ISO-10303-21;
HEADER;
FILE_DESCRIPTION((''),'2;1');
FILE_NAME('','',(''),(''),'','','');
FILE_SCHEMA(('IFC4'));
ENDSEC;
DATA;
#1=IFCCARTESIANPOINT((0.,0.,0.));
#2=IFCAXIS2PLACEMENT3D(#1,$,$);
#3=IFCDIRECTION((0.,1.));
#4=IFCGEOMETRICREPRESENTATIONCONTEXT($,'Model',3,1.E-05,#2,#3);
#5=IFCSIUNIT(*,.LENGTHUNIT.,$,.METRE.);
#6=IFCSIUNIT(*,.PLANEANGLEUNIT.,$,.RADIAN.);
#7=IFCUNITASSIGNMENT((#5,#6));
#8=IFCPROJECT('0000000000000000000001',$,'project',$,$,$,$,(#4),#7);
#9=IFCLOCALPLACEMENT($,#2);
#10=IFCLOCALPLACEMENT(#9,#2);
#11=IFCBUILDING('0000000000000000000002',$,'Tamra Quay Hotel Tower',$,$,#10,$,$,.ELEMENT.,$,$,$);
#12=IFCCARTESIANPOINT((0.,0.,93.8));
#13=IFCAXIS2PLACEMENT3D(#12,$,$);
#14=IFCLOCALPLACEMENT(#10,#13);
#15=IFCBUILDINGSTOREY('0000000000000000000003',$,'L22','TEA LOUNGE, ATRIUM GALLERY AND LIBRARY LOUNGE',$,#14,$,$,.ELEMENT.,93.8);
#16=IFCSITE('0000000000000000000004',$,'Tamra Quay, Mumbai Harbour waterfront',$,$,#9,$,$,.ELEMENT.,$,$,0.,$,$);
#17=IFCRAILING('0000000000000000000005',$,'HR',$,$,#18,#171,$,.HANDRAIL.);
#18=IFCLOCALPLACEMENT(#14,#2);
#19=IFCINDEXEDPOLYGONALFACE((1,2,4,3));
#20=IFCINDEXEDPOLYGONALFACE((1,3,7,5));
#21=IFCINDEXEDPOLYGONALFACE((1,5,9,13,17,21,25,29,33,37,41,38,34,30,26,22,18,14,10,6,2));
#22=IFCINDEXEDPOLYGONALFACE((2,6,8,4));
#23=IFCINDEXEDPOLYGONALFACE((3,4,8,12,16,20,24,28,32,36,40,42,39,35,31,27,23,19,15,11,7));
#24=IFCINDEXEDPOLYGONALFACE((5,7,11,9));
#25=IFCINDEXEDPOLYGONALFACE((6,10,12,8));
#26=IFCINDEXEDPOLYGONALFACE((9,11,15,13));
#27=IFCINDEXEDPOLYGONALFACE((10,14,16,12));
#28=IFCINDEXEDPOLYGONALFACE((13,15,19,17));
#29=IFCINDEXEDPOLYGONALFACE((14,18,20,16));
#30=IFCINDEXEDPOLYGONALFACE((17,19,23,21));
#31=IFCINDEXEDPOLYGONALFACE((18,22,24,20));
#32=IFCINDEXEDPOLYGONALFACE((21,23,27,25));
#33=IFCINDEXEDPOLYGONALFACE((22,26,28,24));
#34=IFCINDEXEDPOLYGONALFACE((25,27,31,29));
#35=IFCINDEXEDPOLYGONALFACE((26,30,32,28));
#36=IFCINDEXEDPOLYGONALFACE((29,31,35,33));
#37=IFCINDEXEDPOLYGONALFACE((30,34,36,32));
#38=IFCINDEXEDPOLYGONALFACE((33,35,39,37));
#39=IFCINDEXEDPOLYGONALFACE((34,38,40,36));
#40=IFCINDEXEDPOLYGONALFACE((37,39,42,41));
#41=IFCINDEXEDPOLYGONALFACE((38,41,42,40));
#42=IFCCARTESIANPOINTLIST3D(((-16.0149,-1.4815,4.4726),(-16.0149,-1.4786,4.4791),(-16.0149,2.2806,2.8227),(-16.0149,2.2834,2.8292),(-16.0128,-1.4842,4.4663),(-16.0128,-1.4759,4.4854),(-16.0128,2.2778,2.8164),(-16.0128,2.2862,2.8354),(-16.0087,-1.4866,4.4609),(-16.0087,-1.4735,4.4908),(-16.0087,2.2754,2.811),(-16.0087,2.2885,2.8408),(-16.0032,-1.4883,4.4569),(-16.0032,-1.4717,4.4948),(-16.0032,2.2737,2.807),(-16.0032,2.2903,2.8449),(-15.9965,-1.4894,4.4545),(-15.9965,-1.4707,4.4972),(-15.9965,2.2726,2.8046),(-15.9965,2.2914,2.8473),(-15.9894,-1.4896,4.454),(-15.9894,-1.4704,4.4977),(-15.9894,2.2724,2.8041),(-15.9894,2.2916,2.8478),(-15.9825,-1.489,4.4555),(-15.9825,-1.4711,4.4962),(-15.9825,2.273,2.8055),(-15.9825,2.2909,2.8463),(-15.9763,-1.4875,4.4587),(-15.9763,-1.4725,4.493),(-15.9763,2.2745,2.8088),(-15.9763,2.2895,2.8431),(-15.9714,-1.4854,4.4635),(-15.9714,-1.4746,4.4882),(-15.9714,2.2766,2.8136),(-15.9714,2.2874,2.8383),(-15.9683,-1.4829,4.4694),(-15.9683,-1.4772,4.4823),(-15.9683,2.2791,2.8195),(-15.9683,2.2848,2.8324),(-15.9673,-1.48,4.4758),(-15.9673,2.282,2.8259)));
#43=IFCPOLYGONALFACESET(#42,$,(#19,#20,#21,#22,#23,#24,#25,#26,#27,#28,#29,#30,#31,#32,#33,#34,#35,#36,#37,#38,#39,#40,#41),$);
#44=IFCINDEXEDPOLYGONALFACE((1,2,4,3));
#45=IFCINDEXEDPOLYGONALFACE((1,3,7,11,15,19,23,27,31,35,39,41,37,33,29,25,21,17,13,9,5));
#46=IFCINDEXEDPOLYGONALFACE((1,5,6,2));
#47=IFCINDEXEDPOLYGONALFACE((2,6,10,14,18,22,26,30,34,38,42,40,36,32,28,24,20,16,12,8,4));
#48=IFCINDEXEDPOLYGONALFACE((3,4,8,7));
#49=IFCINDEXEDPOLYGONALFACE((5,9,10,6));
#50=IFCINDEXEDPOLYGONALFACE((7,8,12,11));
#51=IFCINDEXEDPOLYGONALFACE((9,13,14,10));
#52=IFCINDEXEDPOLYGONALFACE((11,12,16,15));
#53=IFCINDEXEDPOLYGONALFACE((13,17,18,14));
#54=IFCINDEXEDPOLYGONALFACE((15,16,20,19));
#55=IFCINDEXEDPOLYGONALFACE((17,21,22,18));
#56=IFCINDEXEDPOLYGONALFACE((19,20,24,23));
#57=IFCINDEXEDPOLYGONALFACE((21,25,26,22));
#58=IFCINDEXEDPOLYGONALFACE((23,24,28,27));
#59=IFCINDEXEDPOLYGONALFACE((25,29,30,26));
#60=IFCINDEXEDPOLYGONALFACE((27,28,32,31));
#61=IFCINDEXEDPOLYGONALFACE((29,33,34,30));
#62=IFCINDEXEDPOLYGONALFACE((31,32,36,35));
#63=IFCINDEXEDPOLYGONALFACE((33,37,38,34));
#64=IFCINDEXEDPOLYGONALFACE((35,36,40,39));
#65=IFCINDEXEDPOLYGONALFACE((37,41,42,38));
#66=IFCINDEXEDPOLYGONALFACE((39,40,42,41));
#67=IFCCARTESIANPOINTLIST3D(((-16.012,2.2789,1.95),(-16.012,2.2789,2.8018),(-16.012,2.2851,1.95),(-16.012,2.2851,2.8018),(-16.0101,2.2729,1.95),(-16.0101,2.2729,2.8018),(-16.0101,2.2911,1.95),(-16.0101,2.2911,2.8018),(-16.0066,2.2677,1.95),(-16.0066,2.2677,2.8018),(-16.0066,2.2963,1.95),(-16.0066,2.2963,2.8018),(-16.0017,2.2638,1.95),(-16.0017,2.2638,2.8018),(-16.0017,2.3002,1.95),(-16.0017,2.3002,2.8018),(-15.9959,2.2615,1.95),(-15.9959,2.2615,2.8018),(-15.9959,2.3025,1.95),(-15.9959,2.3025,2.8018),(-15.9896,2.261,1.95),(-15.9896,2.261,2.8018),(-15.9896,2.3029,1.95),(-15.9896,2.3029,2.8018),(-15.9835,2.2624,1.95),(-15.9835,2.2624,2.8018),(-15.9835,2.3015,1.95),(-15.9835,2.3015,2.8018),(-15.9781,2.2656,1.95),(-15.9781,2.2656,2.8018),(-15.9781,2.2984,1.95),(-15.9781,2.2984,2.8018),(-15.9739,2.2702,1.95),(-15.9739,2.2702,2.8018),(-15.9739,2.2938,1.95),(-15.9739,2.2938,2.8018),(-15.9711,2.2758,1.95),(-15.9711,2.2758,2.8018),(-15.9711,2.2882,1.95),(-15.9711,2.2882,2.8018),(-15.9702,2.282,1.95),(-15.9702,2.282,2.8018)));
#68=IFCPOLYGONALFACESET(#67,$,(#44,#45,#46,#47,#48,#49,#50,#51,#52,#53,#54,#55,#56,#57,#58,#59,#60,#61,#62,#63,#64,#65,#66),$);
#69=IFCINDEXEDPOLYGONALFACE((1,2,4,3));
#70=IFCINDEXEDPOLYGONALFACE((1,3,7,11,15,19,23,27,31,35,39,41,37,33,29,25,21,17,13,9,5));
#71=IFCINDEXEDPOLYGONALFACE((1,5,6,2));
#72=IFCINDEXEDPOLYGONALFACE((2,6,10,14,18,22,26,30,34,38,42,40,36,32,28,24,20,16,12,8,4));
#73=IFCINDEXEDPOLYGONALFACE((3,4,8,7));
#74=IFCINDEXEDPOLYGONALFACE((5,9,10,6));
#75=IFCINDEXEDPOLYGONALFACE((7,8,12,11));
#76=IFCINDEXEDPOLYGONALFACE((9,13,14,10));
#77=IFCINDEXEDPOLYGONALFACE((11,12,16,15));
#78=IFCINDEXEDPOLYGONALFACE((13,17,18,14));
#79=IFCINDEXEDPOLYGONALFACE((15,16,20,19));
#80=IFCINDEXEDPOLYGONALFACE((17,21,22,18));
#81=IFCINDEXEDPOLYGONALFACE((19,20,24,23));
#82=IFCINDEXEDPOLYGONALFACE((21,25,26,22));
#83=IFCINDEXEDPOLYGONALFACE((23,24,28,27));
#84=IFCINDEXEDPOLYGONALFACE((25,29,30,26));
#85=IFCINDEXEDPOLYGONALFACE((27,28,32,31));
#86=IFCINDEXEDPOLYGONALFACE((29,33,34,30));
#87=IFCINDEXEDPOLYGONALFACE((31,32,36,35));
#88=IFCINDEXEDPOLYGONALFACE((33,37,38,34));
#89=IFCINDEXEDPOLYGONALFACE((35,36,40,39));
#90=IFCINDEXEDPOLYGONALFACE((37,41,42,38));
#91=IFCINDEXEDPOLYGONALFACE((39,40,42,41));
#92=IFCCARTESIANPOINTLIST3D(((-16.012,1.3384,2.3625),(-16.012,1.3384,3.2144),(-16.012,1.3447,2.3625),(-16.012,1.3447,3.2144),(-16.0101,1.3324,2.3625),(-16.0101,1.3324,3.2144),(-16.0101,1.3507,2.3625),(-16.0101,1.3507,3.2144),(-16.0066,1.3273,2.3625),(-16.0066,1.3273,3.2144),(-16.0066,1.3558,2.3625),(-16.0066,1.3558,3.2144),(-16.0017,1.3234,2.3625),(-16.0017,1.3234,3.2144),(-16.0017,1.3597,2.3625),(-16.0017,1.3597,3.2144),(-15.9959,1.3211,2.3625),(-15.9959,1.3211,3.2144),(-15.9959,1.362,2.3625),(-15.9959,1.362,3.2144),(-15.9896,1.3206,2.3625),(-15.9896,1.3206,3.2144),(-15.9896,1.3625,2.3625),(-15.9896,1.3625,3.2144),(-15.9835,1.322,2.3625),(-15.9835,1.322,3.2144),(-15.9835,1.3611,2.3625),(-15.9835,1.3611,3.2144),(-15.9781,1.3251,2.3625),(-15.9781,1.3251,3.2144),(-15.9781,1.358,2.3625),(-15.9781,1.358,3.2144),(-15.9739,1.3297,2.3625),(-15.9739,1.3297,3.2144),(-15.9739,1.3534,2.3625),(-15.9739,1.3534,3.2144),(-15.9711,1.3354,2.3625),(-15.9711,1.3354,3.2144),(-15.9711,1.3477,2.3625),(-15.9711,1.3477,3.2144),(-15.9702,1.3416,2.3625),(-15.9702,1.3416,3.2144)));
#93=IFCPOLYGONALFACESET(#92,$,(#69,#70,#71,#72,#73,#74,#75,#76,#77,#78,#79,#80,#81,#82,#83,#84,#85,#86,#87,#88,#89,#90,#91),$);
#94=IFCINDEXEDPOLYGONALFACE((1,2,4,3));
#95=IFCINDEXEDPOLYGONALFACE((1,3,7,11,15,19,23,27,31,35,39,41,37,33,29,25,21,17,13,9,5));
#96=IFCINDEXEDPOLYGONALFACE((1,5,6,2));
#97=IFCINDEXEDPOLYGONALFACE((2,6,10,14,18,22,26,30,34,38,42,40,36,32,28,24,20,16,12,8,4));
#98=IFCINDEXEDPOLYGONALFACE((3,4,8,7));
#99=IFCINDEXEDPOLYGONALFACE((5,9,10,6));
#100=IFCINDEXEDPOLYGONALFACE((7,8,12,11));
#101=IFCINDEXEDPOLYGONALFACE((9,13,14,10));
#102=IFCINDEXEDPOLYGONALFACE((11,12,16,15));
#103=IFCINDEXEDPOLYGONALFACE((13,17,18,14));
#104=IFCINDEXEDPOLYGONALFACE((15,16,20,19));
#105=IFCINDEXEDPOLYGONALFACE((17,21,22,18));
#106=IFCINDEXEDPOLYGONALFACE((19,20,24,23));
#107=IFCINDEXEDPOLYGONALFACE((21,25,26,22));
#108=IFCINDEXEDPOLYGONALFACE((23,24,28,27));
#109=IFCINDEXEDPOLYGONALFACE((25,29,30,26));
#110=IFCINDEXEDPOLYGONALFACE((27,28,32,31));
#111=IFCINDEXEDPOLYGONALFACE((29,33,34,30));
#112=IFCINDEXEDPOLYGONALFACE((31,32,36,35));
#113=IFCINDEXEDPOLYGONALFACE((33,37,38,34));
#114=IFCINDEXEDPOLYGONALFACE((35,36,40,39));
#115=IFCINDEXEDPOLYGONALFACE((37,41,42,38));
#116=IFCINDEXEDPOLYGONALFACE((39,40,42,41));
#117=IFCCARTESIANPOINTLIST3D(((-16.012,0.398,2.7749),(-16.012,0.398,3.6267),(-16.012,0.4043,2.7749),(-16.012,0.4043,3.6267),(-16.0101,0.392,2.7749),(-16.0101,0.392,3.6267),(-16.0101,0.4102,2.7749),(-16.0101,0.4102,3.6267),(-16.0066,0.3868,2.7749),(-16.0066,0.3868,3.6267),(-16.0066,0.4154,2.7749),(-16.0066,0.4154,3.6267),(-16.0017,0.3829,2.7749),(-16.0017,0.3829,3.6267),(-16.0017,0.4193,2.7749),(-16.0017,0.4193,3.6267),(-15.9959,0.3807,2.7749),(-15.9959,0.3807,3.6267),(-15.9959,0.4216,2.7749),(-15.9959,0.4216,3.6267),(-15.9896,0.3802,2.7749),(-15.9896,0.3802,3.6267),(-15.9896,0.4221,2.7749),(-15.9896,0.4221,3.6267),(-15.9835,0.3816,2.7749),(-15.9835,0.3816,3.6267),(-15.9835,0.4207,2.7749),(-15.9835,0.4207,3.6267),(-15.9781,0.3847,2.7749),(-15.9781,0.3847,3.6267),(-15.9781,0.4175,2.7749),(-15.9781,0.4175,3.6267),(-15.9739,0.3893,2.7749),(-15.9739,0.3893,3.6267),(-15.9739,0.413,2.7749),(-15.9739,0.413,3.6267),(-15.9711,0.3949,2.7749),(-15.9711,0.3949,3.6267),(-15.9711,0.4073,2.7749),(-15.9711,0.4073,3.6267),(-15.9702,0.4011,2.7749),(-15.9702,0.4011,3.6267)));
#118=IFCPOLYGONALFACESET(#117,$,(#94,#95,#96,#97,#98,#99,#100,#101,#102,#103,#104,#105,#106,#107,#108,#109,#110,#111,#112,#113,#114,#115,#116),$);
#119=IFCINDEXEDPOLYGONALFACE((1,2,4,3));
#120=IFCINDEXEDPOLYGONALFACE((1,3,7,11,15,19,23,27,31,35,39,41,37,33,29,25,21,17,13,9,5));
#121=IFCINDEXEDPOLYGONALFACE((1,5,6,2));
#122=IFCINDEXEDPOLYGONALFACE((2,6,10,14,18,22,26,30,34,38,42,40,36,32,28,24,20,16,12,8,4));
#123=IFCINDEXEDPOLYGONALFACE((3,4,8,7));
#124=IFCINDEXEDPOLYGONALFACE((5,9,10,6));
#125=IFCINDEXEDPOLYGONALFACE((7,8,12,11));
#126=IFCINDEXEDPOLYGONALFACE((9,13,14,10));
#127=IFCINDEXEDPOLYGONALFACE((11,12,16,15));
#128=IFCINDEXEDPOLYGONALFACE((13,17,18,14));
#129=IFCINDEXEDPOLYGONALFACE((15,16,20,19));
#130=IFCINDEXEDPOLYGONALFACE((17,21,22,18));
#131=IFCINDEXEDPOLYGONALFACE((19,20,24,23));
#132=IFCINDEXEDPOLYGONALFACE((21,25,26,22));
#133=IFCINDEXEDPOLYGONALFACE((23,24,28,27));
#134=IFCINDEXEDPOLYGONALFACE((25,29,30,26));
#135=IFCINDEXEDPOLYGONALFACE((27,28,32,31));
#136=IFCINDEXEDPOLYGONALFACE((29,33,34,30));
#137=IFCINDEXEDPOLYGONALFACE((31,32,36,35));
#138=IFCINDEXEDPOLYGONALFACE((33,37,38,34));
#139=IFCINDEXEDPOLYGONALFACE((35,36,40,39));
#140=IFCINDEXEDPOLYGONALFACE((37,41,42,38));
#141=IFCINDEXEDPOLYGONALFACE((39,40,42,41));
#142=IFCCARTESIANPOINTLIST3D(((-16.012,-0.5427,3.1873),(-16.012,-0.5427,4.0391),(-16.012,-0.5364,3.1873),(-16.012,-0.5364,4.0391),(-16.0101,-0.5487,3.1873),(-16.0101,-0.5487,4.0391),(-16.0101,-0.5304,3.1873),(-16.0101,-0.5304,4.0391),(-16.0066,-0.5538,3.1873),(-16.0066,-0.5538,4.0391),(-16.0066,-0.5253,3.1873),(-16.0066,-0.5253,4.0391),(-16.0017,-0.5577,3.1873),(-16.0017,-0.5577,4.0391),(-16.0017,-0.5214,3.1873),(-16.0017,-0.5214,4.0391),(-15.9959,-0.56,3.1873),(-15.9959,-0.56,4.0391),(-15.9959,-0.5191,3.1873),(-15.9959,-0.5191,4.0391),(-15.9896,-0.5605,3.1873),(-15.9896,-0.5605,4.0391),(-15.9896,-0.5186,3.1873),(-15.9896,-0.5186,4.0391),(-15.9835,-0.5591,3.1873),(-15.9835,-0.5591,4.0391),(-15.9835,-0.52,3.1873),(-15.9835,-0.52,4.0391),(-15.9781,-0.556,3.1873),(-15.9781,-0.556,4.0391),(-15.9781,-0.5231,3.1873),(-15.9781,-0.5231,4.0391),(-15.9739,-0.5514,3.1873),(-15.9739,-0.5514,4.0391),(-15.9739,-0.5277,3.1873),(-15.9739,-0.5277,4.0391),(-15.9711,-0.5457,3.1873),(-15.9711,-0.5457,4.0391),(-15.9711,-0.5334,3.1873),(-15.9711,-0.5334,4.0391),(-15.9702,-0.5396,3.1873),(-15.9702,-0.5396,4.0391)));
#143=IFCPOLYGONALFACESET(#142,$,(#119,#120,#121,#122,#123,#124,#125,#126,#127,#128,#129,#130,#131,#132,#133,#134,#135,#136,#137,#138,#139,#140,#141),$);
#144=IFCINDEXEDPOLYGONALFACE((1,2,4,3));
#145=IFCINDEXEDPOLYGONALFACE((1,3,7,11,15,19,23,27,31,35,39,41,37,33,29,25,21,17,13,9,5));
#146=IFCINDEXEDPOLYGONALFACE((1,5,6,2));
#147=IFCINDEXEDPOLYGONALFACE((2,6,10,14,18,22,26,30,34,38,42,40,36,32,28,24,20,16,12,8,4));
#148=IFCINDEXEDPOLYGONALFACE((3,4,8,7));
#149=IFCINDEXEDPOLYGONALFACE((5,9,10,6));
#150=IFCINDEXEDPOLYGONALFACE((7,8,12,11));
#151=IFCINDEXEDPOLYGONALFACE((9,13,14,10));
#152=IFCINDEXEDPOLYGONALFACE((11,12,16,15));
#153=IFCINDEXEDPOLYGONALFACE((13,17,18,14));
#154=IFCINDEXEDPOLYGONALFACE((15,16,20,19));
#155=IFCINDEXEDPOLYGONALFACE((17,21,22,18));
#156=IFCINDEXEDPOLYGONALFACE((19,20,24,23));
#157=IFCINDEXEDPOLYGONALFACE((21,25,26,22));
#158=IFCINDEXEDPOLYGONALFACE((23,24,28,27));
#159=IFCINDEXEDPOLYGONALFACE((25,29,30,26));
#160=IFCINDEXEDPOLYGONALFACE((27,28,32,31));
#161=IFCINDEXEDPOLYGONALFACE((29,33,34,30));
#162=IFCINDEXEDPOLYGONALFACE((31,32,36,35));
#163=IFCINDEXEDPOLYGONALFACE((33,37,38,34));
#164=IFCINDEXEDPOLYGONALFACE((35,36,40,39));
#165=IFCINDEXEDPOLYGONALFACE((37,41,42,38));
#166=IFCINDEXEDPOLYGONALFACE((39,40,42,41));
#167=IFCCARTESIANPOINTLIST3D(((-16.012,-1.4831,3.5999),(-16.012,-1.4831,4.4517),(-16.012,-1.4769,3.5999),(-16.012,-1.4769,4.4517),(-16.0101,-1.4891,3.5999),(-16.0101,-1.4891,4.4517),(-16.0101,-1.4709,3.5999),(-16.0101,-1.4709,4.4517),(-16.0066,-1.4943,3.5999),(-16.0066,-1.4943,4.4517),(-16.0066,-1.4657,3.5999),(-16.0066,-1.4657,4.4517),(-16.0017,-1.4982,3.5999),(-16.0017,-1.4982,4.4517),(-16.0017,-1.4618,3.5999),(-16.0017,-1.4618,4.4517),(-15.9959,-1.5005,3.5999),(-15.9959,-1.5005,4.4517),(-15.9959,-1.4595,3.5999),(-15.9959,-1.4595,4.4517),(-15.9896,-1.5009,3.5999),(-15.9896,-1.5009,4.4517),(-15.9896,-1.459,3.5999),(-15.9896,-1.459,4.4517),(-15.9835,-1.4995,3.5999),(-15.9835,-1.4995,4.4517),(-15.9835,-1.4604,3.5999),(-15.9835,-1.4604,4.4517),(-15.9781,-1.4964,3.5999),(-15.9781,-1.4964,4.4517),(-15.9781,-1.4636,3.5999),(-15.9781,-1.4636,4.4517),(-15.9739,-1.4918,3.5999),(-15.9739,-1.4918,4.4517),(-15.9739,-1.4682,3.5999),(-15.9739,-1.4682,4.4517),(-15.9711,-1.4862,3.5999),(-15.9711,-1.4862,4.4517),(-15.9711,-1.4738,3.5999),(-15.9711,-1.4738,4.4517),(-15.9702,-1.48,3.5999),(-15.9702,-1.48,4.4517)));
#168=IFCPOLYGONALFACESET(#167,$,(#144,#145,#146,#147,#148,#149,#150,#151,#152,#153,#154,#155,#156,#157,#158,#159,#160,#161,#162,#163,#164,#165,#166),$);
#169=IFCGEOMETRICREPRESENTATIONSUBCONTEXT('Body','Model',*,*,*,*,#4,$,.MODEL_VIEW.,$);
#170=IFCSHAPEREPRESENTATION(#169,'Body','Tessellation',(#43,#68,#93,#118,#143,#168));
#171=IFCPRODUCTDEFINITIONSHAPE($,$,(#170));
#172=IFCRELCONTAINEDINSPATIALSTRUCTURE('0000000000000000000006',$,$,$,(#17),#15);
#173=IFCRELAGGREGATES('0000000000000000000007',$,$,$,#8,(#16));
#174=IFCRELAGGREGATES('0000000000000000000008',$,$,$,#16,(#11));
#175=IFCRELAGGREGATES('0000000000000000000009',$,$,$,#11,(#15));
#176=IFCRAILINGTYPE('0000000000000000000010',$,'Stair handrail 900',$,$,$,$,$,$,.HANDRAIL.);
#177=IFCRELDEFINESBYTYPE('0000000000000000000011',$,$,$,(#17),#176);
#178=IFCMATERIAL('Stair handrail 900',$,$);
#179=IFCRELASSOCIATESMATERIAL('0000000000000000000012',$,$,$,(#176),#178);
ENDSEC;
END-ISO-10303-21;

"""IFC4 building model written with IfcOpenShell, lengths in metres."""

from ifc_helpers import new_model, si_unit, direction, frame, origin, origin_2d, place, context, subcontext, project, spatial, circle, extrude, material, type_object, element, save


model = new_model("IFC4")

# Units and contexts
model_context = context("Model", 3, precision=1e-05, world=origin(), true_north=direction((0.0, 1.0)))
body_context = subcontext(model_context, "Body", "Model", "MODEL_VIEW")
ifc_project = project(units=[si_unit("LENGTHUNIT", "METRE"), si_unit("PLANEANGLEUNIT", "RADIAN")], contexts=[model_context])

# Site, building, storey
site_placement = place(None, origin())
site = spatial("IfcSite", under=ifc_project, at=site_placement, Name="Tamra Quay, Mumbai Harbour waterfront", CompositionType="ELEMENT", RefElevation=0.0)
building_placement = place(site_placement, origin())
building = spatial("IfcBuilding", under=site, at=building_placement, Name="Tamra Quay Hotel Tower", CompositionType="ELEMENT")
storey_placement = place(building_placement, frame((0.0, 0.0, 93.8)))
storey = spatial("IfcBuildingStorey", under=building, at=storey_placement, Name="L22", Description="TEA LOUNGE, ATRIUM GALLERY AND LIBRARY LOUNGE", CompositionType="ELEMENT", Elevation=93.8)

# Railing
ifc_material_1 = material(Name="Stair handrail 900")
railing_type = type_object("IfcRailingType", Name="Stair handrail 900", PredefinedType="HANDRAIL", material=ifc_material_1)
railing_placement = place(storey_placement, frame((-15.9912, 2.282, 1.95)))
element("IfcRailing", 1, at=railing_placement, inside=storey, type_object=railing_type, Name="HR", PredefinedType="HANDRAIL", context=body_context, shape_type="SweptSolid", body=[
    extrude(circle(Radius=0.0239, at=origin_2d()), frame((0.0, 0.0, 0.876), z_axis=(0.0, -0.915795, 0.401645), x_axis=(1.0, 0.0, 0.0)), (0.0, 0.0, 1.0), 4.1079),
    extrude(circle(Radius=0.021, at=origin_2d()), origin(), (0.0, 0.0, 1.0), 0.8518),
    extrude(circle(Radius=0.021, at=origin_2d()), frame((0.0, -0.9404, 0.4126)), (0.0, 0.0, 1.0), 0.8518),
    extrude(circle(Radius=0.021, at=origin_2d()), frame((0.0, -1.8809, 0.825)), (0.0, 0.0, 1.0), 0.8518),
    extrude(circle(Radius=0.021, at=origin_2d()), frame((0.0, -2.8215, 1.2373)), (0.0, 0.0, 1.0), 0.8518),
    extrude(circle(Radius=0.021, at=origin_2d()), frame((0.0, -3.762, 1.6499)), (0.0, 0.0, 1.0), 0.8518),
])

save(model, "model.ifc")
